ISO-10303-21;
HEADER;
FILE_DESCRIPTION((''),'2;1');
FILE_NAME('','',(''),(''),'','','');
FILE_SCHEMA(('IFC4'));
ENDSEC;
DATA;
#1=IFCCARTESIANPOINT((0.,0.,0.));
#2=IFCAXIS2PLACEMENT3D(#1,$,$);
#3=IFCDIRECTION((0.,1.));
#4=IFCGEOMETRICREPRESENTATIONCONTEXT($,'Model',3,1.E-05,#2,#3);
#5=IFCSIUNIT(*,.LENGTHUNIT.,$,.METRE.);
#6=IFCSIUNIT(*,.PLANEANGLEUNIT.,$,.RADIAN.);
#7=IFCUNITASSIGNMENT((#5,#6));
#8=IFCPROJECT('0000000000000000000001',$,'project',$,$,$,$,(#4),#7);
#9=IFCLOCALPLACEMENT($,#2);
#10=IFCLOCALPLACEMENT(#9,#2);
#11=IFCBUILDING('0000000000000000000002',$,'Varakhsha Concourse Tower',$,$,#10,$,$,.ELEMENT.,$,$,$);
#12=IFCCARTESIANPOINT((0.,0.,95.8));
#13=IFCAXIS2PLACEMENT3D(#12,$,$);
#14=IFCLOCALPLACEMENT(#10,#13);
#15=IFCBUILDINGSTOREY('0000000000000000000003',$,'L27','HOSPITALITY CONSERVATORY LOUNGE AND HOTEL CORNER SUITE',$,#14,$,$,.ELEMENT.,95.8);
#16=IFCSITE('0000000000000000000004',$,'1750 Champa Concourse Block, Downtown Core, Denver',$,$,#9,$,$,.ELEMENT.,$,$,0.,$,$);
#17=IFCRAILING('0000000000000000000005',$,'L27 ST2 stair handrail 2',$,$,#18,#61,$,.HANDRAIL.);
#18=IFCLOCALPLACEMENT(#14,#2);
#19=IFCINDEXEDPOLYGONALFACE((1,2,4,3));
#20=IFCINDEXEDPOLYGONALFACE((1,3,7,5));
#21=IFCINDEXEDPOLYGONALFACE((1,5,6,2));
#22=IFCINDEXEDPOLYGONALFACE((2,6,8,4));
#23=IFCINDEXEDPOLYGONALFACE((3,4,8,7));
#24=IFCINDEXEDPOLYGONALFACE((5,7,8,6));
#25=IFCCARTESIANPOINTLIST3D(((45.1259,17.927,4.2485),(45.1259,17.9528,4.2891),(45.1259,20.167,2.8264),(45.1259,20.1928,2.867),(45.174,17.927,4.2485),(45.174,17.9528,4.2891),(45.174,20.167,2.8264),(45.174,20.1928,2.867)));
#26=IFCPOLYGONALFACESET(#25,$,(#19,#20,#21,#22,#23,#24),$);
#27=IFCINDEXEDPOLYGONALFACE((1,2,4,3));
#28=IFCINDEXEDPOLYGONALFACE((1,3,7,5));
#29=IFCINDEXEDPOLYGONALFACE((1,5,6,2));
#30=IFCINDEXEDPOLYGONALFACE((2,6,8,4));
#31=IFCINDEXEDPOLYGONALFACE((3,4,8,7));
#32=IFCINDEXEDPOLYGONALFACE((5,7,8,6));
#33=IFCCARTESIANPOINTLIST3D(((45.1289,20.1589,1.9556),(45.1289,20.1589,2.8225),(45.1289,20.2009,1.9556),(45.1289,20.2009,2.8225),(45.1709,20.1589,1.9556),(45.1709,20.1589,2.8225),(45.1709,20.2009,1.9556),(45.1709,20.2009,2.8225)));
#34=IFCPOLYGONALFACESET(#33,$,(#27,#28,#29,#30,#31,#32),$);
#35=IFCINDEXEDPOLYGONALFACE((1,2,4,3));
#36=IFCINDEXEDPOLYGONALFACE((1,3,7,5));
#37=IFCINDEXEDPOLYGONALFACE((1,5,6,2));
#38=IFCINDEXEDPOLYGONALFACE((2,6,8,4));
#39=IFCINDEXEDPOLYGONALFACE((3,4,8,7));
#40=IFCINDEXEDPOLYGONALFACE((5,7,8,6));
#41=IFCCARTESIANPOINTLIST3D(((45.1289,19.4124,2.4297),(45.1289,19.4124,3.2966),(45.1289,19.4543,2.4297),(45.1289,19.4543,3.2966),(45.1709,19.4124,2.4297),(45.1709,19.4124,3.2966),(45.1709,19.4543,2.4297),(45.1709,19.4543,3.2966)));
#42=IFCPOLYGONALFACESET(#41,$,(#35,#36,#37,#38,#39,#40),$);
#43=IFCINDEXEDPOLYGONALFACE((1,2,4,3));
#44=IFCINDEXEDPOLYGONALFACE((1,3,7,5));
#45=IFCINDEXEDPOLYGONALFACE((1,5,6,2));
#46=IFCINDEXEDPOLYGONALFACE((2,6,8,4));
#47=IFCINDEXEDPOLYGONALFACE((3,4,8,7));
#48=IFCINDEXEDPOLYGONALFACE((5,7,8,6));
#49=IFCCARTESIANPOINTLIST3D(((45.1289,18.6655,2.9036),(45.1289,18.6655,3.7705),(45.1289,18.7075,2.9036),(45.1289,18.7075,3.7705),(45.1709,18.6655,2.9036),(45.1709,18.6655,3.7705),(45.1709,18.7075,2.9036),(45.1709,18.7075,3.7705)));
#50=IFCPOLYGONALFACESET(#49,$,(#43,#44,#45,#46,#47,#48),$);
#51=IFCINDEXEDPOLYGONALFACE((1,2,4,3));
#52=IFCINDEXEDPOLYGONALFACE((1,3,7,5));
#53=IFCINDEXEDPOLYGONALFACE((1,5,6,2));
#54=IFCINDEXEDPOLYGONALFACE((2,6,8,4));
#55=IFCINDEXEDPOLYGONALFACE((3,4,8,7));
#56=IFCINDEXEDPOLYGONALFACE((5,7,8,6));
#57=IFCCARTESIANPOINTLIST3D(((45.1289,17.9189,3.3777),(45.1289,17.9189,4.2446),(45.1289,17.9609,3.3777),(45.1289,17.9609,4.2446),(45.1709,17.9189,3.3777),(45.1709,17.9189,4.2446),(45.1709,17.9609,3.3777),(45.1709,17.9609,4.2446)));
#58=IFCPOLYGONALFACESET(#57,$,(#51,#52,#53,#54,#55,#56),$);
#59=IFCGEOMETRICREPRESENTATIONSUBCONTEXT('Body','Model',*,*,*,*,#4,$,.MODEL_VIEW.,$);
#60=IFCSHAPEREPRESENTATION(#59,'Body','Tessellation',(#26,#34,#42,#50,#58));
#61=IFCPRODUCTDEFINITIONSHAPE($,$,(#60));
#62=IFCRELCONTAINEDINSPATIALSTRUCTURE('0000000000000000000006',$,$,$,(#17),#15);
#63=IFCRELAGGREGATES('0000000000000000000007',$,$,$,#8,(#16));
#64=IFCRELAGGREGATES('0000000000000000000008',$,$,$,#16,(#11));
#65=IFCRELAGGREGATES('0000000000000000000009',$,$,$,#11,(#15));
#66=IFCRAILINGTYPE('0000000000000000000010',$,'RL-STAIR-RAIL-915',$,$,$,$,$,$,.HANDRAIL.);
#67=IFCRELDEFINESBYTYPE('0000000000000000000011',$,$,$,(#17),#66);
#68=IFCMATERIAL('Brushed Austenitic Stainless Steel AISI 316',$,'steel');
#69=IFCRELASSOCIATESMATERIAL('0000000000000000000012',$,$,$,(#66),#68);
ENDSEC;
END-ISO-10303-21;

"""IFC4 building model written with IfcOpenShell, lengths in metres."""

from ifc_helpers import new_model, si_unit, direction, frame, origin, origin_2d, place, context, subcontext, project, spatial, rectangle, extrude, material, type_object, element, save


model = new_model("IFC4")

# Units and contexts
model_context = context("Model", 3, precision=1e-05, world=origin(), true_north=direction((0.0, 1.0)))
body_context = subcontext(model_context, "Body", "Model", "MODEL_VIEW")
ifc_project = project(units=[si_unit("LENGTHUNIT", "METRE"), si_unit("PLANEANGLEUNIT", "RADIAN")], contexts=[model_context])

# Site, building, storey
site_placement = place(None, origin())
site = spatial("IfcSite", under=ifc_project, at=site_placement, Name="1750 Champa Concourse Block, Downtown Core, Denver", CompositionType="ELEMENT", RefElevation=0.0)
building_placement = place(site_placement, origin())
building = spatial("IfcBuilding", under=site, at=building_placement, Name="Varakhsha Concourse Tower", CompositionType="ELEMENT")
storey_placement = place(building_placement, frame((0.0, 0.0, 95.8)))
storey = spatial("IfcBuildingStorey", under=building, at=storey_placement, Name="L27", Description="HOSPITALITY CONSERVATORY LOUNGE AND HOTEL CORNER SUITE", CompositionType="ELEMENT", Elevation=95.8)

# Railing
ifc_material_1 = material(Name="Brushed Austenitic Stainless Steel AISI 316", Category="steel")
railing_type_1 = type_object("IfcRailingType", Name="RL-STAIR-RAIL-915", PredefinedType="HANDRAIL", material=ifc_material_1)
railing_1_placement = place(storey_placement, frame((45.1499, 20.1799, 1.9556)))
element("IfcRailing", 1, at=railing_1_placement, inside=storey, type_object=railing_type_1, Name="L27 ST2 stair handrail 2", PredefinedType="HANDRAIL", context=body_context, shape_type="SweptSolid", body=[
    extrude(rectangle(XDim=0.0481, YDim=0.0481, at=origin_2d()), frame((0.0, 0.0, 0.8911), z_axis=(0.0, -0.844229, 0.535982), x_axis=(1.0, 0.0, 0.0)), (0.0, 0.0, 1.0), 2.6533),
    extrude(rectangle(XDim=0.042, YDim=0.042, at=origin_2d()), origin(), (0.0, 0.0, 1.0), 0.8669),
    extrude(rectangle(XDim=0.042, YDim=0.042, at=origin_2d()), frame((0.0, -0.7466, 0.4741)), (0.0, 0.0, 1.0), 0.8669),
    extrude(rectangle(XDim=0.042, YDim=0.042, at=origin_2d()), frame((0.0, -1.4934, 0.948)), (0.0, 0.0, 1.0), 0.8669),
    extrude(rectangle(XDim=0.042, YDim=0.042, at=origin_2d()), frame((0.0, -2.24, 1.4221)), (0.0, 0.0, 1.0), 0.8669),
])

save(model, "model.ifc")
